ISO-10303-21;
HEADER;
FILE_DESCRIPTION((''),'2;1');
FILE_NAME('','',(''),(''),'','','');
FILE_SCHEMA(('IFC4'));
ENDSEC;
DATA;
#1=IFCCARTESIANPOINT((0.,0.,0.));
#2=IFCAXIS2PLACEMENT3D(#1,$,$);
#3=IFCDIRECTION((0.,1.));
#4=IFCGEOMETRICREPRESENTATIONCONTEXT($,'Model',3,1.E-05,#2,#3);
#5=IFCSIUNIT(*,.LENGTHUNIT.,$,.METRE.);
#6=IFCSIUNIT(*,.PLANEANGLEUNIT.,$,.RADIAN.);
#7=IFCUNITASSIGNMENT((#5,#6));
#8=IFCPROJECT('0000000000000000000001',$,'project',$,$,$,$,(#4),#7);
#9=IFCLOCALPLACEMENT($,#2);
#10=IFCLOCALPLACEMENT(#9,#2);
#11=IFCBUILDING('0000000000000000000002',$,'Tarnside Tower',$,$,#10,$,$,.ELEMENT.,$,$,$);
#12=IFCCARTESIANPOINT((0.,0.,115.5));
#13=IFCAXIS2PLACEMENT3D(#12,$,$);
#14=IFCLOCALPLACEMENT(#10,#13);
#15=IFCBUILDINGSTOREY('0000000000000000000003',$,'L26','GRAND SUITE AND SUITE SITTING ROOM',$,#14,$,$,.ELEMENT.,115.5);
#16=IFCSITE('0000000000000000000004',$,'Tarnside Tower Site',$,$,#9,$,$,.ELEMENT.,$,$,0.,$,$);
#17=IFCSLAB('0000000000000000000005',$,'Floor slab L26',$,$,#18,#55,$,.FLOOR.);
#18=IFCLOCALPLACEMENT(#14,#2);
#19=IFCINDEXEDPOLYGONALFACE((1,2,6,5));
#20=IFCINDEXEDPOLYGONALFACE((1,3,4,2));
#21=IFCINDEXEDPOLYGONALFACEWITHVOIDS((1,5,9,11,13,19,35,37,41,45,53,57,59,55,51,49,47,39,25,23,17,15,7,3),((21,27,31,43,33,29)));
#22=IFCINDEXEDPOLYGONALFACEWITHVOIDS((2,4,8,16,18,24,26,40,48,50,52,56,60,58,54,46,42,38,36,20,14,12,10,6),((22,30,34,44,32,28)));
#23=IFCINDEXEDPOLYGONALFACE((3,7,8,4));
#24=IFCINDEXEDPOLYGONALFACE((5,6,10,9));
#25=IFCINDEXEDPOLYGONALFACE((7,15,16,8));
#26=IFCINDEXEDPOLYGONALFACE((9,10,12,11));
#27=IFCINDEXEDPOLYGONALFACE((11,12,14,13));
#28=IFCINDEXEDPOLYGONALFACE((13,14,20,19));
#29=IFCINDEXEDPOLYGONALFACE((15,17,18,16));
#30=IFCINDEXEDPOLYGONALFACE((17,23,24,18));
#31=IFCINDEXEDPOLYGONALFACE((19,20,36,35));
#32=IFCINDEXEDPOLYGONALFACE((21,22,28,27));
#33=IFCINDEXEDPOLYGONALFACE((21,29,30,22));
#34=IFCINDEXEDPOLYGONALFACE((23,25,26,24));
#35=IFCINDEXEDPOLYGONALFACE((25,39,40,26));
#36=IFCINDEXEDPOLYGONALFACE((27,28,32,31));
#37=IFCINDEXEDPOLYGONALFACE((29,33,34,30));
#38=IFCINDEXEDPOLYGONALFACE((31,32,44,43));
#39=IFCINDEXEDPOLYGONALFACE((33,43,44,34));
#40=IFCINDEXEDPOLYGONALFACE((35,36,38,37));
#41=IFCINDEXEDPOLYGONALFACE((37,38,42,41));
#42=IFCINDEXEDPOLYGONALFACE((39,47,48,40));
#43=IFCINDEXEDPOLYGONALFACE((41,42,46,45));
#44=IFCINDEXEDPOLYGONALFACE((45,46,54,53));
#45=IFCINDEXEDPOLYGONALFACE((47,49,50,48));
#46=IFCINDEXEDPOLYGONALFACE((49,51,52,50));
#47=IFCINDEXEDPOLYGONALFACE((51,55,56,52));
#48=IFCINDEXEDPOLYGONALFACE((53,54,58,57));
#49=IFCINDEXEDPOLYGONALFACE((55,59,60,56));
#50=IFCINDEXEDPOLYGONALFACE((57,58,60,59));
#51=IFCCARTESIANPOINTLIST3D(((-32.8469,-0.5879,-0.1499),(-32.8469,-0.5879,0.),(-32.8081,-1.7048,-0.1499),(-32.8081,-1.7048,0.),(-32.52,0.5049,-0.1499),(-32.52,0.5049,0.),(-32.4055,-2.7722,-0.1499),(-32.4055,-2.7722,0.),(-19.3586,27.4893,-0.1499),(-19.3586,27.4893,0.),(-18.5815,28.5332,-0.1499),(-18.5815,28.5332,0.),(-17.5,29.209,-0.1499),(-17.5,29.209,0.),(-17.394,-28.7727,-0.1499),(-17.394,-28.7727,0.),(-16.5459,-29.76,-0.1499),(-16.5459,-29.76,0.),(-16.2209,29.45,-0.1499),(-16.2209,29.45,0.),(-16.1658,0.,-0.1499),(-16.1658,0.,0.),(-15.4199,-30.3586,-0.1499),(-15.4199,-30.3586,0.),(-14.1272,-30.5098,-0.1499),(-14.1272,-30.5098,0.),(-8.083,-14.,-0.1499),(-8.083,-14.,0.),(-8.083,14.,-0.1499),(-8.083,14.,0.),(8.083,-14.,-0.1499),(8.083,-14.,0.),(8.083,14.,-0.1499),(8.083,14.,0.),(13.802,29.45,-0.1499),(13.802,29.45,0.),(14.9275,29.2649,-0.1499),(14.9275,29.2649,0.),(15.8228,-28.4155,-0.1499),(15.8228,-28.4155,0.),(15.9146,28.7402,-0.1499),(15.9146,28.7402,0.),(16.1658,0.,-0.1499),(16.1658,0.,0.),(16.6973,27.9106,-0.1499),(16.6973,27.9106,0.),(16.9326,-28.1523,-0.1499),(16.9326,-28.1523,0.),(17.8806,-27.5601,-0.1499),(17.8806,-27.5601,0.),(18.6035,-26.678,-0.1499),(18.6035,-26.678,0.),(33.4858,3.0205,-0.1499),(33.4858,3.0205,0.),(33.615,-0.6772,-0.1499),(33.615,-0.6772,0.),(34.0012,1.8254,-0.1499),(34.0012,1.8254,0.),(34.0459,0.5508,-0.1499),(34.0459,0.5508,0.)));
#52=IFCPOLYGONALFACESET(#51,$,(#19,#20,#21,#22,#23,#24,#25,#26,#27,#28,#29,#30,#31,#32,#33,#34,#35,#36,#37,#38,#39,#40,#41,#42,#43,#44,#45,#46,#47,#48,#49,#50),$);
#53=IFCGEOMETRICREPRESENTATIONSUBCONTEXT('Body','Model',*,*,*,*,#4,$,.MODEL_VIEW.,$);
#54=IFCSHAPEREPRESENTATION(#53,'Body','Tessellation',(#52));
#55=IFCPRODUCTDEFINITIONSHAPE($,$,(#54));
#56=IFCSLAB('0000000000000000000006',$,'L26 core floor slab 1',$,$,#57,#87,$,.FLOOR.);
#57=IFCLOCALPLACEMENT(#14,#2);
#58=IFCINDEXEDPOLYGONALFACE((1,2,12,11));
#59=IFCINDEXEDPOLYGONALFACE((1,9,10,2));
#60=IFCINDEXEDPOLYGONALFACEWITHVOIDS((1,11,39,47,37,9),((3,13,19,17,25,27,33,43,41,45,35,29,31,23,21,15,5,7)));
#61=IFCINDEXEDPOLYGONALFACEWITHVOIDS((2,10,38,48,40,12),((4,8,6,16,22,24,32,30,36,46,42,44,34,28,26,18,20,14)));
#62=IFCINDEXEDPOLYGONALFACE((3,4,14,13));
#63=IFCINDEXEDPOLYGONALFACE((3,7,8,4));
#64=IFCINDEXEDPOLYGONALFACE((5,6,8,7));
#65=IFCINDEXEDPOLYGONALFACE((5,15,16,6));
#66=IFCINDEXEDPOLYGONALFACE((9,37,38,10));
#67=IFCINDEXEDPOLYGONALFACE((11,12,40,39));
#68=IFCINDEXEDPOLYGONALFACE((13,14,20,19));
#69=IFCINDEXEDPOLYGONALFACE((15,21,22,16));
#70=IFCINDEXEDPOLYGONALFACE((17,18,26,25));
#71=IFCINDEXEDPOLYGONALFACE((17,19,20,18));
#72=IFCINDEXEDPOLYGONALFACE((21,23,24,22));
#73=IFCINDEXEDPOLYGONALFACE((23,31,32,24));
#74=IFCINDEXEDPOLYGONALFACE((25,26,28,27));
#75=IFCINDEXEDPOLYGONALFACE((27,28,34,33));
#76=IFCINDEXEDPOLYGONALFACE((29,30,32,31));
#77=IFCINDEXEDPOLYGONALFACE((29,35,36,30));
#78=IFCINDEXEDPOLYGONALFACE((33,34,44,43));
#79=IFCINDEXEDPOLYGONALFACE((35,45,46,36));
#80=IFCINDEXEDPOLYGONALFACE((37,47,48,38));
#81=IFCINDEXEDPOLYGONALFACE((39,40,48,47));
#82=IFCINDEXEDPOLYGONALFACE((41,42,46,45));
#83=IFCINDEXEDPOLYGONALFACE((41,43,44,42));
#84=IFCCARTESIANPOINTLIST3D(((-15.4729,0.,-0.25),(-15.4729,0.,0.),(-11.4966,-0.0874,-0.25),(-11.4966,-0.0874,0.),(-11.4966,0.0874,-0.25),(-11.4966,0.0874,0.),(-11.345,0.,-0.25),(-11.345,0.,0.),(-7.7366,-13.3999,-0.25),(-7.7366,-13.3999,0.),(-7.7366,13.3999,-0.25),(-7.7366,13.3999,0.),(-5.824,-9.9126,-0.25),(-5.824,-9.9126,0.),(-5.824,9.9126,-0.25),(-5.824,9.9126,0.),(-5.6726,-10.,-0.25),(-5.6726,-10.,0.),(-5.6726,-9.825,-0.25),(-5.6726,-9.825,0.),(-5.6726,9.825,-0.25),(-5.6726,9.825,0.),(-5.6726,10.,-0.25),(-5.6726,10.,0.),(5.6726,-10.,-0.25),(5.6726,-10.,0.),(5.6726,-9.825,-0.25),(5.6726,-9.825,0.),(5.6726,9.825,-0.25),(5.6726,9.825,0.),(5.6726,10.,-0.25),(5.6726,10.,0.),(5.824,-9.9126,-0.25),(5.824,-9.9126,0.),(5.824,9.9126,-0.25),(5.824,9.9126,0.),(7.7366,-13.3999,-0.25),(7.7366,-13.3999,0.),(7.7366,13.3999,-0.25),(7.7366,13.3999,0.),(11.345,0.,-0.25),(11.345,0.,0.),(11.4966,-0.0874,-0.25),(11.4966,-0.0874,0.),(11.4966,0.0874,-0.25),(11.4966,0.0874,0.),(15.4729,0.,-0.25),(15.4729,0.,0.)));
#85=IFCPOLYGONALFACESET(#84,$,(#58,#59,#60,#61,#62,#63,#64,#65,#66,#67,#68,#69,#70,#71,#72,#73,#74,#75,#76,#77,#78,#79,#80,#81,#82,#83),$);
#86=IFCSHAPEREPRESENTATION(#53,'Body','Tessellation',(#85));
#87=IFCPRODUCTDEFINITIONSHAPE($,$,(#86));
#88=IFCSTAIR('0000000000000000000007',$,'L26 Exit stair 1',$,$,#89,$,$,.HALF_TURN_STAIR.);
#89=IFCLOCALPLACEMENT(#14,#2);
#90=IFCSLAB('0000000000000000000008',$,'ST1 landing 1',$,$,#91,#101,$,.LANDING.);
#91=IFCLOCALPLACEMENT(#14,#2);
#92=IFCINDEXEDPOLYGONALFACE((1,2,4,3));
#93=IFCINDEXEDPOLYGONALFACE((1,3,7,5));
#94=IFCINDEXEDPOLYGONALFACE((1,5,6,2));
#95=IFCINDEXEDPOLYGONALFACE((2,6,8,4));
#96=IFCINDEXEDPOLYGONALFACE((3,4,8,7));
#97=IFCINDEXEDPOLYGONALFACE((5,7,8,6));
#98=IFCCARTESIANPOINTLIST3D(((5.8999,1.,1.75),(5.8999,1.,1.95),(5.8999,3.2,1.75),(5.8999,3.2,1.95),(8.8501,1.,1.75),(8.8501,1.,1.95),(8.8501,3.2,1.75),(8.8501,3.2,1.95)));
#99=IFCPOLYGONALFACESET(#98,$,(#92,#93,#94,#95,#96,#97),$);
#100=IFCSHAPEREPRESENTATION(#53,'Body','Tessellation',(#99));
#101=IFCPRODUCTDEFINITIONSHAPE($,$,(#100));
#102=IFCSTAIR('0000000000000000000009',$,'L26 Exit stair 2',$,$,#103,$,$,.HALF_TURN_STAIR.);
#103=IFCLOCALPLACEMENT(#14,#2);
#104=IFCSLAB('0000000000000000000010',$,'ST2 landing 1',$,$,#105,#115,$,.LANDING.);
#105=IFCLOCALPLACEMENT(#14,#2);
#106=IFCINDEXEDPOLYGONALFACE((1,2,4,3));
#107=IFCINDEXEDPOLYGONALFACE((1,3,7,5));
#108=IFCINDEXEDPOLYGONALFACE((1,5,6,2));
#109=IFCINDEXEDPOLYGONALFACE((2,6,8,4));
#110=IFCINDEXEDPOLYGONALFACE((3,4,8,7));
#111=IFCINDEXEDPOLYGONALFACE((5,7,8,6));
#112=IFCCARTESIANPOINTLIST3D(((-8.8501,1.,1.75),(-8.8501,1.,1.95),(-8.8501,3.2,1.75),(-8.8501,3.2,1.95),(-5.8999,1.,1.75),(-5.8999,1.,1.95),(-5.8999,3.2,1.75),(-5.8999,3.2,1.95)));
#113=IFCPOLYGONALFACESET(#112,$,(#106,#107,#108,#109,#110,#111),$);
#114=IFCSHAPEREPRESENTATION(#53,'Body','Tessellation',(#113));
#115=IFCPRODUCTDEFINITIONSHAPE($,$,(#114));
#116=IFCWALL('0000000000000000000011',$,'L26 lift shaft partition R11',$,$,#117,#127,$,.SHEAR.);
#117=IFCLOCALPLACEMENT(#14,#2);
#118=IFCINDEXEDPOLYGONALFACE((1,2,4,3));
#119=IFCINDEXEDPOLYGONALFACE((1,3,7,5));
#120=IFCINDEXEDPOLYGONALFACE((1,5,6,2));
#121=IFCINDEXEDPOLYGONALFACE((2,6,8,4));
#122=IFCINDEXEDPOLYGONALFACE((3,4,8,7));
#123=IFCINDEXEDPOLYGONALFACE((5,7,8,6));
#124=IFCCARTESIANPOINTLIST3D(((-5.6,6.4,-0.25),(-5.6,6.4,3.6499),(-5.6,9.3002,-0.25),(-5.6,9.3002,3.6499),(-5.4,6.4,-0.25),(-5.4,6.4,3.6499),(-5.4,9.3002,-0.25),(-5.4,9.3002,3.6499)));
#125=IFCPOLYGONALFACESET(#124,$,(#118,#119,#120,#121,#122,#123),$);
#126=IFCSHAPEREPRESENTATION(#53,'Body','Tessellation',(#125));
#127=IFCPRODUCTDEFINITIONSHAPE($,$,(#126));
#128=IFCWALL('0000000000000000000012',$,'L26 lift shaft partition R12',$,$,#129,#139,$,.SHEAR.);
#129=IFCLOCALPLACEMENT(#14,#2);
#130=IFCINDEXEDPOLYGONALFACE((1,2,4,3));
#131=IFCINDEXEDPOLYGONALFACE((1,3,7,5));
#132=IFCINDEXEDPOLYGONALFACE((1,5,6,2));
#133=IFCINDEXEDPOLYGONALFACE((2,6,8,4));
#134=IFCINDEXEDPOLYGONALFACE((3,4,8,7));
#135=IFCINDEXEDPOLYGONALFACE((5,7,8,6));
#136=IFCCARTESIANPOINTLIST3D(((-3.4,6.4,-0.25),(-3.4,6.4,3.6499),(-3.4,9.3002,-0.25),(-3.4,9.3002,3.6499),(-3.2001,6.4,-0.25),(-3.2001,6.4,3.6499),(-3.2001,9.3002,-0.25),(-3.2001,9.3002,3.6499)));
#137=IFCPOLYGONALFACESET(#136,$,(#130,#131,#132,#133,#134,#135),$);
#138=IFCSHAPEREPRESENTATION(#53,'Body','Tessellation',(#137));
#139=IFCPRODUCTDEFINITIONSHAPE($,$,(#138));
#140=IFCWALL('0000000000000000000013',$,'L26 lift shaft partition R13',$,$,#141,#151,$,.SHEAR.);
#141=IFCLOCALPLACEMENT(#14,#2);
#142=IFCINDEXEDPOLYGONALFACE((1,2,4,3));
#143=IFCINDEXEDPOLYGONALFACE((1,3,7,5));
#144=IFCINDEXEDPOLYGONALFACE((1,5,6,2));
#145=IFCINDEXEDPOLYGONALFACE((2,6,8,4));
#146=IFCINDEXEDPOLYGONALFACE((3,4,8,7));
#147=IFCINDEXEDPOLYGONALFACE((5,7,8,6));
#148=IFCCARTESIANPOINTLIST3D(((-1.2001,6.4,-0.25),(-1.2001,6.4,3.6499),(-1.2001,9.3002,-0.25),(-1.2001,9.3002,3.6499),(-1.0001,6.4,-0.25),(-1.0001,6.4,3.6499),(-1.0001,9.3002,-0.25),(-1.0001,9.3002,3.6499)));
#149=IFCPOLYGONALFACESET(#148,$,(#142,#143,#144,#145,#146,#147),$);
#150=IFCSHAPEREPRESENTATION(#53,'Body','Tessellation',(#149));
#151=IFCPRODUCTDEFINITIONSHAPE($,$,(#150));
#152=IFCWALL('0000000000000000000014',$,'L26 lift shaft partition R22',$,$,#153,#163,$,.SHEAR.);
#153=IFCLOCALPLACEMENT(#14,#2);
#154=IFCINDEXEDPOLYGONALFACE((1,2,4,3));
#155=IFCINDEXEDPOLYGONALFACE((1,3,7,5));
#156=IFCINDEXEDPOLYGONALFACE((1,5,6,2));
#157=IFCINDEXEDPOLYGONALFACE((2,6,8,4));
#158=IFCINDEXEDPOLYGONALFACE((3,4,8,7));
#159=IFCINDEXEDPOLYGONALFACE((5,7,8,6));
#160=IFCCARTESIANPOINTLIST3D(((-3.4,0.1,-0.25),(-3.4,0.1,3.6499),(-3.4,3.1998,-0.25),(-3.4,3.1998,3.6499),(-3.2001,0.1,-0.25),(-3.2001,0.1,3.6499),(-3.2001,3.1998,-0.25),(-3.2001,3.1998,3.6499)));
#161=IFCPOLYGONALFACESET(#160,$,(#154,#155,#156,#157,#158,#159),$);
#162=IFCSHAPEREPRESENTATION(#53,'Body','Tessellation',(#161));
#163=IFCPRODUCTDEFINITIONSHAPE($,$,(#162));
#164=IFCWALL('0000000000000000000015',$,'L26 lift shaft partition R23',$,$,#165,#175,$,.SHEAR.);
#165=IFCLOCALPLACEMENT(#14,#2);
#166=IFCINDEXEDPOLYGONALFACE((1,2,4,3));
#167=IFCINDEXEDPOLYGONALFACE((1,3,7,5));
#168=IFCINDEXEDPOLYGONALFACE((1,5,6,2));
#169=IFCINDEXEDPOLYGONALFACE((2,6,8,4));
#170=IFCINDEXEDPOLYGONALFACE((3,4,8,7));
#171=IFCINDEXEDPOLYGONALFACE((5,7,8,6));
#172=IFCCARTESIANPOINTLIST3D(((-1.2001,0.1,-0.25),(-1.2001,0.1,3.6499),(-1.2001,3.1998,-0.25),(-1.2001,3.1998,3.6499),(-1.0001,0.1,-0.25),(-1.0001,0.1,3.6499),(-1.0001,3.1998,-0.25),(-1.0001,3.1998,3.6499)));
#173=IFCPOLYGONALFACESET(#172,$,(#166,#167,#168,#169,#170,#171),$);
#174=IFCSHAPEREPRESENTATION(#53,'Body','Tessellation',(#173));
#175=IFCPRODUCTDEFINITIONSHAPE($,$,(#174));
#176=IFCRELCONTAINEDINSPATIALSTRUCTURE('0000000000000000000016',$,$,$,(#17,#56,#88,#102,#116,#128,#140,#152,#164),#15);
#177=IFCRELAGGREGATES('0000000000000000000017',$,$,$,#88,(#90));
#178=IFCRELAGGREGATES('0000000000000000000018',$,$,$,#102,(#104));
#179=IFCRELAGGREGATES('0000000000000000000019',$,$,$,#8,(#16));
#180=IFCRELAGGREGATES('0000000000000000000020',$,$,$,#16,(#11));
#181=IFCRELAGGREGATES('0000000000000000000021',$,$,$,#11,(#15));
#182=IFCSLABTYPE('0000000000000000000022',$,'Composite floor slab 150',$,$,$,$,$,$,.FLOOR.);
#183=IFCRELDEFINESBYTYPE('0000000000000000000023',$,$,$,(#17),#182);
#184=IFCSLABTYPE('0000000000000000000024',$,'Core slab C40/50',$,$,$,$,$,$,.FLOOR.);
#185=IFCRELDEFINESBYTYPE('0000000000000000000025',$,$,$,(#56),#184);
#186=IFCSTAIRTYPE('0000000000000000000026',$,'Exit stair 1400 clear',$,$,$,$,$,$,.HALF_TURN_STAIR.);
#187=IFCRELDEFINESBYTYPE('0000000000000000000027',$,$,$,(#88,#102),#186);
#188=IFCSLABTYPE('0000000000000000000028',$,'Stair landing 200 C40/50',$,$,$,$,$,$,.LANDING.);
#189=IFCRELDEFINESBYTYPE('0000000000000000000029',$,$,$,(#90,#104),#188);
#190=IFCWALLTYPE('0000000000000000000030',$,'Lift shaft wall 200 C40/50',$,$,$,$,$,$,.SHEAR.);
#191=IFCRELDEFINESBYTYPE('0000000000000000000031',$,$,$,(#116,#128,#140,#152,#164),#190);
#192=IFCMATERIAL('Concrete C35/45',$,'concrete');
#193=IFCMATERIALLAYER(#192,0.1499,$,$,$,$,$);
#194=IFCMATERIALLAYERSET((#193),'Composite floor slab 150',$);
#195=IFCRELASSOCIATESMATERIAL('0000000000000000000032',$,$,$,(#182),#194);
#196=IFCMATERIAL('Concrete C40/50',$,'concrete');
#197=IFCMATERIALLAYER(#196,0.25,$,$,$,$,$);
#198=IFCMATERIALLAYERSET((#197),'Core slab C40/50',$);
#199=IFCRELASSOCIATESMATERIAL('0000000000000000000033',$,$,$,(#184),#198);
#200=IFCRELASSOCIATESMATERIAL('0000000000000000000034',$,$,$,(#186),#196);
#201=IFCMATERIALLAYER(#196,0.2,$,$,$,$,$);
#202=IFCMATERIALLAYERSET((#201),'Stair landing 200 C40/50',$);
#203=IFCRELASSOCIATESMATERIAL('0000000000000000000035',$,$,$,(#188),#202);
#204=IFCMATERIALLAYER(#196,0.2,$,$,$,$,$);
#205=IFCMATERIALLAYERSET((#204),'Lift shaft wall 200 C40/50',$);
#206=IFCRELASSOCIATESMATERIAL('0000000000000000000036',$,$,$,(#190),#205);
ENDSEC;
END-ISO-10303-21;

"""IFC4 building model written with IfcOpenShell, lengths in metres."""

from ifc_helpers import new_model, si_unit, direction, frame, frame_2d, origin, place, context, subcontext, project, spatial, polyline, rectangle, outline, extrude, material, layer, layer_set, type_object, element, aggregate, save


model = new_model("IFC4")

# Units and contexts
model_context = context("Model", 3, precision=1e-05, world=origin(), true_north=direction((0.0, 1.0)))
body_context = subcontext(model_context, "Body", "Model", "MODEL_VIEW")
ifc_project = project(units=[si_unit("LENGTHUNIT", "METRE"), si_unit("PLANEANGLEUNIT", "RADIAN")], contexts=[model_context])

# Site, building, storey
site_placement = place(None, origin())
site = spatial("IfcSite", under=ifc_project, at=site_placement, Name="Tarnside Tower Site", CompositionType="ELEMENT", RefElevation=0.0)
building_placement = place(site_placement, origin())
building = spatial("IfcBuilding", under=site, at=building_placement, Name="Tarnside Tower", CompositionType="ELEMENT")
storey_placement = place(building_placement, frame((0.0, 0.0, 115.5)))
storey = spatial("IfcBuildingStorey", under=building, at=storey_placement, Name="L26", Description="GRAND SUITE AND SUITE SITTING ROOM", CompositionType="ELEMENT", Elevation=115.5)

# Slabs
ifc_material_1 = material(Name="Concrete C35/45", Category="concrete")
ifc_layer_1 = layer(ifc_material_1, 0.1499)
ifc_layer_set_1 = layer_set([ifc_layer_1], Name="Composite floor slab 150")
slab_type_1 = type_object("IfcSlabType", Name="Composite floor slab 150", PredefinedType="FLOOR", material=ifc_layer_set_1)
slab_1_placement = place(storey_placement, frame((0.0, 0.0, -0.1499)))
element("IfcSlab", 1, at=slab_1_placement, inside=storey, type_object=slab_type_1, Name="Floor slab L26", PredefinedType="FLOOR", context=body_context, shape_type="SweptSolid", body=[
    extrude(outline(polyline([(14.9275, 29.2649), (15.9146, 28.7402), (16.6973, 27.9106), (33.4858, 3.0205), (34.0012, 1.8254), (34.0459, 0.5508), (33.615, -0.6772), (18.6035, -26.678), (17.8806, -27.5601), (16.9326, -28.1523), (15.8228, -28.4155), (-14.1272, -30.5098), (-15.4199, -30.3586), (-16.5459, -29.76), (-17.394, -28.7727), (-32.4055, -2.7722), (-32.8081, -1.7048), (-32.8469, -0.5879), (-32.52, 0.5049), (-19.3586, 27.4893), (-18.5815, 28.5332), (-17.5, 29.209), (-16.2209, 29.45), (13.802, 29.45), (14.9275, 29.2649)]), holes=[polyline([(-16.1658, 0.0), (-8.083, -14.0), (8.083, -14.0), (16.1658, 0.0), (8.083, 14.0), (-8.083, 14.0), (-16.1658, 0.0)])]), origin(), (0.0, 0.0, 1.0), 0.1499),
])
ifc_material_2 = material(Name="Concrete C40/50", Category="concrete")
ifc_layer_2 = layer(ifc_material_2, 0.25)
ifc_layer_set_2 = layer_set([ifc_layer_2], Name="Core slab C40/50")
slab_type_2 = type_object("IfcSlabType", Name="Core slab C40/50", PredefinedType="FLOOR", material=ifc_layer_set_2)
slab_2_placement = place(storey_placement, frame((0.0, 0.0, -0.25)))
element("IfcSlab", 2, at=slab_2_placement, inside=storey, type_object=slab_type_2, Name="L26 core floor slab 1", PredefinedType="FLOOR", context=body_context, shape_type="SweptSolid", body=[
    extrude(outline(polyline([(-15.4729, 0.0), (-7.7366, 13.3999), (7.7366, 13.3999), (15.4729, 0.0), (7.7366, -13.3999), (-7.7366, -13.3999), (-15.4729, 0.0)]), holes=[polyline([(5.824, -9.9126), (11.4966, -0.0874), (11.345, 0.0), (11.4966, 0.0874), (5.824, 9.9126), (5.6726, 9.825), (5.6726, 10.0), (-5.6726, 10.0), (-5.6726, 9.825), (-5.824, 9.9126), (-11.4966, 0.0874), (-11.345, 0.0), (-11.4966, -0.0874), (-5.824, -9.9126), (-5.6726, -9.825), (-5.6726, -10.0), (5.6726, -10.0), (5.6726, -9.825), (5.824, -9.9126)])]), origin(), (0.0, 0.0, 1.0), 0.25),
])

# Stairs, slabs
stair_type = type_object("IfcStairType", Name="Exit stair 1400 clear", PredefinedType="HALF_TURN_STAIR", material=ifc_material_2)
stair_1_placement = place(storey_placement, origin())
stair_1 = element("IfcStair", 3, at=stair_1_placement, inside=storey, type_object=stair_type, Name="L26 Exit stair 1", PredefinedType="HALF_TURN_STAIR")
ifc_layer_3 = layer(ifc_material_2, 0.2)
ifc_layer_set_3 = layer_set([ifc_layer_3], Name="Stair landing 200 C40/50")
slab_type_3 = type_object("IfcSlabType", Name="Stair landing 200 C40/50", PredefinedType="LANDING", material=ifc_layer_set_3)
slab_3_placement = place(storey_placement, frame((0.0, 0.0, 1.75)))
slab_3 = element("IfcSlab", 4, at=slab_3_placement, type_object=slab_type_3, Name="ST1 landing 1", PredefinedType="LANDING", context=body_context, shape_type="SweptSolid", body=[
    extrude(outline(polyline([(8.8501, 1.0), (8.8501, 3.2), (5.8999, 3.2), (5.8999, 1.0), (8.8501, 1.0)])), origin(), (0.0, 0.0, 1.0), 0.2),
])
aggregate(stair_1, [slab_3])
stair_2_placement = place(storey_placement, origin())
stair_2 = element("IfcStair", 5, at=stair_2_placement, inside=storey, type_object=stair_type, Name="L26 Exit stair 2", PredefinedType="HALF_TURN_STAIR")
slab_4_placement = place(storey_placement, frame((0.0, 0.0, 1.75)))
slab_4 = element("IfcSlab", 6, at=slab_4_placement, type_object=slab_type_3, Name="ST2 landing 1", PredefinedType="LANDING", context=body_context, shape_type="SweptSolid", body=[
    extrude(outline(polyline([(-5.8999, 1.0), (-5.8999, 3.2), (-8.8501, 3.2), (-8.8501, 1.0), (-5.8999, 1.0)])), origin(), (0.0, 0.0, 1.0), 0.2),
])
aggregate(stair_2, [slab_4])

# Walls
ifc_layer_4 = layer(ifc_material_2, 0.2)
ifc_layer_set_4 = layer_set([ifc_layer_4], Name="Lift shaft wall 200 C40/50")
wall_type = type_object("IfcWallType", Name="Lift shaft wall 200 C40/50", PredefinedType="SHEAR", material=ifc_layer_set_4)
for number, where, z_axis, x_axis, name in (
    (7, (-5.5, 6.3999, -0.25), (0.0, 0.0, 1.0), (0.0, 1.0, 0.0), "L26 lift shaft partition R11"),
    (8, (-3.3, 6.3999, -0.25), (0.0, 0.0, 1.0), (0.0, 1.0, 0.0), "L26 lift shaft partition R12"),
    (9, (-1.1001, 6.3999, -0.25), (0.0, 0.0, 1.0), (0.0, 1.0, 0.0), "L26 lift shaft partition R13"),
):
    element("IfcWall", number, at=place(storey_placement, frame(where, z_axis=z_axis, x_axis=x_axis)), inside=storey, type_object=wall_type, Name=name, PredefinedType="SHEAR", context=body_context, shape_type="SweptSolid", body=[
        extrude(rectangle(XDim=2.9001, YDim=0.2, at=frame_2d((1.4502, 0.0))), origin(), (0.0, 0.0, 1.0), 3.8999),
    ])
for number, where, z_axis, x_axis, name in (
    (10, (-3.3, 0.1001, -0.25), (0.0, 0.0, 1.0), (0.0, 1.0, 0.0), "L26 lift shaft partition R22"),
    (11, (-1.1001, 0.1001, -0.25), (0.0, 0.0, 1.0), (0.0, 1.0, 0.0), "L26 lift shaft partition R23"),
):
    element("IfcWall", number, at=place(storey_placement, frame(where, z_axis=z_axis, x_axis=x_axis)), inside=storey, type_object=wall_type, Name=name, PredefinedType="SHEAR", context=body_context, shape_type="SweptSolid", body=[
        extrude(rectangle(XDim=3.0999, YDim=0.2, at=frame_2d((1.5498, 0.0))), origin(), (0.0, 0.0, 1.0), 3.8999),
    ])

save(model, "model.ifc")
